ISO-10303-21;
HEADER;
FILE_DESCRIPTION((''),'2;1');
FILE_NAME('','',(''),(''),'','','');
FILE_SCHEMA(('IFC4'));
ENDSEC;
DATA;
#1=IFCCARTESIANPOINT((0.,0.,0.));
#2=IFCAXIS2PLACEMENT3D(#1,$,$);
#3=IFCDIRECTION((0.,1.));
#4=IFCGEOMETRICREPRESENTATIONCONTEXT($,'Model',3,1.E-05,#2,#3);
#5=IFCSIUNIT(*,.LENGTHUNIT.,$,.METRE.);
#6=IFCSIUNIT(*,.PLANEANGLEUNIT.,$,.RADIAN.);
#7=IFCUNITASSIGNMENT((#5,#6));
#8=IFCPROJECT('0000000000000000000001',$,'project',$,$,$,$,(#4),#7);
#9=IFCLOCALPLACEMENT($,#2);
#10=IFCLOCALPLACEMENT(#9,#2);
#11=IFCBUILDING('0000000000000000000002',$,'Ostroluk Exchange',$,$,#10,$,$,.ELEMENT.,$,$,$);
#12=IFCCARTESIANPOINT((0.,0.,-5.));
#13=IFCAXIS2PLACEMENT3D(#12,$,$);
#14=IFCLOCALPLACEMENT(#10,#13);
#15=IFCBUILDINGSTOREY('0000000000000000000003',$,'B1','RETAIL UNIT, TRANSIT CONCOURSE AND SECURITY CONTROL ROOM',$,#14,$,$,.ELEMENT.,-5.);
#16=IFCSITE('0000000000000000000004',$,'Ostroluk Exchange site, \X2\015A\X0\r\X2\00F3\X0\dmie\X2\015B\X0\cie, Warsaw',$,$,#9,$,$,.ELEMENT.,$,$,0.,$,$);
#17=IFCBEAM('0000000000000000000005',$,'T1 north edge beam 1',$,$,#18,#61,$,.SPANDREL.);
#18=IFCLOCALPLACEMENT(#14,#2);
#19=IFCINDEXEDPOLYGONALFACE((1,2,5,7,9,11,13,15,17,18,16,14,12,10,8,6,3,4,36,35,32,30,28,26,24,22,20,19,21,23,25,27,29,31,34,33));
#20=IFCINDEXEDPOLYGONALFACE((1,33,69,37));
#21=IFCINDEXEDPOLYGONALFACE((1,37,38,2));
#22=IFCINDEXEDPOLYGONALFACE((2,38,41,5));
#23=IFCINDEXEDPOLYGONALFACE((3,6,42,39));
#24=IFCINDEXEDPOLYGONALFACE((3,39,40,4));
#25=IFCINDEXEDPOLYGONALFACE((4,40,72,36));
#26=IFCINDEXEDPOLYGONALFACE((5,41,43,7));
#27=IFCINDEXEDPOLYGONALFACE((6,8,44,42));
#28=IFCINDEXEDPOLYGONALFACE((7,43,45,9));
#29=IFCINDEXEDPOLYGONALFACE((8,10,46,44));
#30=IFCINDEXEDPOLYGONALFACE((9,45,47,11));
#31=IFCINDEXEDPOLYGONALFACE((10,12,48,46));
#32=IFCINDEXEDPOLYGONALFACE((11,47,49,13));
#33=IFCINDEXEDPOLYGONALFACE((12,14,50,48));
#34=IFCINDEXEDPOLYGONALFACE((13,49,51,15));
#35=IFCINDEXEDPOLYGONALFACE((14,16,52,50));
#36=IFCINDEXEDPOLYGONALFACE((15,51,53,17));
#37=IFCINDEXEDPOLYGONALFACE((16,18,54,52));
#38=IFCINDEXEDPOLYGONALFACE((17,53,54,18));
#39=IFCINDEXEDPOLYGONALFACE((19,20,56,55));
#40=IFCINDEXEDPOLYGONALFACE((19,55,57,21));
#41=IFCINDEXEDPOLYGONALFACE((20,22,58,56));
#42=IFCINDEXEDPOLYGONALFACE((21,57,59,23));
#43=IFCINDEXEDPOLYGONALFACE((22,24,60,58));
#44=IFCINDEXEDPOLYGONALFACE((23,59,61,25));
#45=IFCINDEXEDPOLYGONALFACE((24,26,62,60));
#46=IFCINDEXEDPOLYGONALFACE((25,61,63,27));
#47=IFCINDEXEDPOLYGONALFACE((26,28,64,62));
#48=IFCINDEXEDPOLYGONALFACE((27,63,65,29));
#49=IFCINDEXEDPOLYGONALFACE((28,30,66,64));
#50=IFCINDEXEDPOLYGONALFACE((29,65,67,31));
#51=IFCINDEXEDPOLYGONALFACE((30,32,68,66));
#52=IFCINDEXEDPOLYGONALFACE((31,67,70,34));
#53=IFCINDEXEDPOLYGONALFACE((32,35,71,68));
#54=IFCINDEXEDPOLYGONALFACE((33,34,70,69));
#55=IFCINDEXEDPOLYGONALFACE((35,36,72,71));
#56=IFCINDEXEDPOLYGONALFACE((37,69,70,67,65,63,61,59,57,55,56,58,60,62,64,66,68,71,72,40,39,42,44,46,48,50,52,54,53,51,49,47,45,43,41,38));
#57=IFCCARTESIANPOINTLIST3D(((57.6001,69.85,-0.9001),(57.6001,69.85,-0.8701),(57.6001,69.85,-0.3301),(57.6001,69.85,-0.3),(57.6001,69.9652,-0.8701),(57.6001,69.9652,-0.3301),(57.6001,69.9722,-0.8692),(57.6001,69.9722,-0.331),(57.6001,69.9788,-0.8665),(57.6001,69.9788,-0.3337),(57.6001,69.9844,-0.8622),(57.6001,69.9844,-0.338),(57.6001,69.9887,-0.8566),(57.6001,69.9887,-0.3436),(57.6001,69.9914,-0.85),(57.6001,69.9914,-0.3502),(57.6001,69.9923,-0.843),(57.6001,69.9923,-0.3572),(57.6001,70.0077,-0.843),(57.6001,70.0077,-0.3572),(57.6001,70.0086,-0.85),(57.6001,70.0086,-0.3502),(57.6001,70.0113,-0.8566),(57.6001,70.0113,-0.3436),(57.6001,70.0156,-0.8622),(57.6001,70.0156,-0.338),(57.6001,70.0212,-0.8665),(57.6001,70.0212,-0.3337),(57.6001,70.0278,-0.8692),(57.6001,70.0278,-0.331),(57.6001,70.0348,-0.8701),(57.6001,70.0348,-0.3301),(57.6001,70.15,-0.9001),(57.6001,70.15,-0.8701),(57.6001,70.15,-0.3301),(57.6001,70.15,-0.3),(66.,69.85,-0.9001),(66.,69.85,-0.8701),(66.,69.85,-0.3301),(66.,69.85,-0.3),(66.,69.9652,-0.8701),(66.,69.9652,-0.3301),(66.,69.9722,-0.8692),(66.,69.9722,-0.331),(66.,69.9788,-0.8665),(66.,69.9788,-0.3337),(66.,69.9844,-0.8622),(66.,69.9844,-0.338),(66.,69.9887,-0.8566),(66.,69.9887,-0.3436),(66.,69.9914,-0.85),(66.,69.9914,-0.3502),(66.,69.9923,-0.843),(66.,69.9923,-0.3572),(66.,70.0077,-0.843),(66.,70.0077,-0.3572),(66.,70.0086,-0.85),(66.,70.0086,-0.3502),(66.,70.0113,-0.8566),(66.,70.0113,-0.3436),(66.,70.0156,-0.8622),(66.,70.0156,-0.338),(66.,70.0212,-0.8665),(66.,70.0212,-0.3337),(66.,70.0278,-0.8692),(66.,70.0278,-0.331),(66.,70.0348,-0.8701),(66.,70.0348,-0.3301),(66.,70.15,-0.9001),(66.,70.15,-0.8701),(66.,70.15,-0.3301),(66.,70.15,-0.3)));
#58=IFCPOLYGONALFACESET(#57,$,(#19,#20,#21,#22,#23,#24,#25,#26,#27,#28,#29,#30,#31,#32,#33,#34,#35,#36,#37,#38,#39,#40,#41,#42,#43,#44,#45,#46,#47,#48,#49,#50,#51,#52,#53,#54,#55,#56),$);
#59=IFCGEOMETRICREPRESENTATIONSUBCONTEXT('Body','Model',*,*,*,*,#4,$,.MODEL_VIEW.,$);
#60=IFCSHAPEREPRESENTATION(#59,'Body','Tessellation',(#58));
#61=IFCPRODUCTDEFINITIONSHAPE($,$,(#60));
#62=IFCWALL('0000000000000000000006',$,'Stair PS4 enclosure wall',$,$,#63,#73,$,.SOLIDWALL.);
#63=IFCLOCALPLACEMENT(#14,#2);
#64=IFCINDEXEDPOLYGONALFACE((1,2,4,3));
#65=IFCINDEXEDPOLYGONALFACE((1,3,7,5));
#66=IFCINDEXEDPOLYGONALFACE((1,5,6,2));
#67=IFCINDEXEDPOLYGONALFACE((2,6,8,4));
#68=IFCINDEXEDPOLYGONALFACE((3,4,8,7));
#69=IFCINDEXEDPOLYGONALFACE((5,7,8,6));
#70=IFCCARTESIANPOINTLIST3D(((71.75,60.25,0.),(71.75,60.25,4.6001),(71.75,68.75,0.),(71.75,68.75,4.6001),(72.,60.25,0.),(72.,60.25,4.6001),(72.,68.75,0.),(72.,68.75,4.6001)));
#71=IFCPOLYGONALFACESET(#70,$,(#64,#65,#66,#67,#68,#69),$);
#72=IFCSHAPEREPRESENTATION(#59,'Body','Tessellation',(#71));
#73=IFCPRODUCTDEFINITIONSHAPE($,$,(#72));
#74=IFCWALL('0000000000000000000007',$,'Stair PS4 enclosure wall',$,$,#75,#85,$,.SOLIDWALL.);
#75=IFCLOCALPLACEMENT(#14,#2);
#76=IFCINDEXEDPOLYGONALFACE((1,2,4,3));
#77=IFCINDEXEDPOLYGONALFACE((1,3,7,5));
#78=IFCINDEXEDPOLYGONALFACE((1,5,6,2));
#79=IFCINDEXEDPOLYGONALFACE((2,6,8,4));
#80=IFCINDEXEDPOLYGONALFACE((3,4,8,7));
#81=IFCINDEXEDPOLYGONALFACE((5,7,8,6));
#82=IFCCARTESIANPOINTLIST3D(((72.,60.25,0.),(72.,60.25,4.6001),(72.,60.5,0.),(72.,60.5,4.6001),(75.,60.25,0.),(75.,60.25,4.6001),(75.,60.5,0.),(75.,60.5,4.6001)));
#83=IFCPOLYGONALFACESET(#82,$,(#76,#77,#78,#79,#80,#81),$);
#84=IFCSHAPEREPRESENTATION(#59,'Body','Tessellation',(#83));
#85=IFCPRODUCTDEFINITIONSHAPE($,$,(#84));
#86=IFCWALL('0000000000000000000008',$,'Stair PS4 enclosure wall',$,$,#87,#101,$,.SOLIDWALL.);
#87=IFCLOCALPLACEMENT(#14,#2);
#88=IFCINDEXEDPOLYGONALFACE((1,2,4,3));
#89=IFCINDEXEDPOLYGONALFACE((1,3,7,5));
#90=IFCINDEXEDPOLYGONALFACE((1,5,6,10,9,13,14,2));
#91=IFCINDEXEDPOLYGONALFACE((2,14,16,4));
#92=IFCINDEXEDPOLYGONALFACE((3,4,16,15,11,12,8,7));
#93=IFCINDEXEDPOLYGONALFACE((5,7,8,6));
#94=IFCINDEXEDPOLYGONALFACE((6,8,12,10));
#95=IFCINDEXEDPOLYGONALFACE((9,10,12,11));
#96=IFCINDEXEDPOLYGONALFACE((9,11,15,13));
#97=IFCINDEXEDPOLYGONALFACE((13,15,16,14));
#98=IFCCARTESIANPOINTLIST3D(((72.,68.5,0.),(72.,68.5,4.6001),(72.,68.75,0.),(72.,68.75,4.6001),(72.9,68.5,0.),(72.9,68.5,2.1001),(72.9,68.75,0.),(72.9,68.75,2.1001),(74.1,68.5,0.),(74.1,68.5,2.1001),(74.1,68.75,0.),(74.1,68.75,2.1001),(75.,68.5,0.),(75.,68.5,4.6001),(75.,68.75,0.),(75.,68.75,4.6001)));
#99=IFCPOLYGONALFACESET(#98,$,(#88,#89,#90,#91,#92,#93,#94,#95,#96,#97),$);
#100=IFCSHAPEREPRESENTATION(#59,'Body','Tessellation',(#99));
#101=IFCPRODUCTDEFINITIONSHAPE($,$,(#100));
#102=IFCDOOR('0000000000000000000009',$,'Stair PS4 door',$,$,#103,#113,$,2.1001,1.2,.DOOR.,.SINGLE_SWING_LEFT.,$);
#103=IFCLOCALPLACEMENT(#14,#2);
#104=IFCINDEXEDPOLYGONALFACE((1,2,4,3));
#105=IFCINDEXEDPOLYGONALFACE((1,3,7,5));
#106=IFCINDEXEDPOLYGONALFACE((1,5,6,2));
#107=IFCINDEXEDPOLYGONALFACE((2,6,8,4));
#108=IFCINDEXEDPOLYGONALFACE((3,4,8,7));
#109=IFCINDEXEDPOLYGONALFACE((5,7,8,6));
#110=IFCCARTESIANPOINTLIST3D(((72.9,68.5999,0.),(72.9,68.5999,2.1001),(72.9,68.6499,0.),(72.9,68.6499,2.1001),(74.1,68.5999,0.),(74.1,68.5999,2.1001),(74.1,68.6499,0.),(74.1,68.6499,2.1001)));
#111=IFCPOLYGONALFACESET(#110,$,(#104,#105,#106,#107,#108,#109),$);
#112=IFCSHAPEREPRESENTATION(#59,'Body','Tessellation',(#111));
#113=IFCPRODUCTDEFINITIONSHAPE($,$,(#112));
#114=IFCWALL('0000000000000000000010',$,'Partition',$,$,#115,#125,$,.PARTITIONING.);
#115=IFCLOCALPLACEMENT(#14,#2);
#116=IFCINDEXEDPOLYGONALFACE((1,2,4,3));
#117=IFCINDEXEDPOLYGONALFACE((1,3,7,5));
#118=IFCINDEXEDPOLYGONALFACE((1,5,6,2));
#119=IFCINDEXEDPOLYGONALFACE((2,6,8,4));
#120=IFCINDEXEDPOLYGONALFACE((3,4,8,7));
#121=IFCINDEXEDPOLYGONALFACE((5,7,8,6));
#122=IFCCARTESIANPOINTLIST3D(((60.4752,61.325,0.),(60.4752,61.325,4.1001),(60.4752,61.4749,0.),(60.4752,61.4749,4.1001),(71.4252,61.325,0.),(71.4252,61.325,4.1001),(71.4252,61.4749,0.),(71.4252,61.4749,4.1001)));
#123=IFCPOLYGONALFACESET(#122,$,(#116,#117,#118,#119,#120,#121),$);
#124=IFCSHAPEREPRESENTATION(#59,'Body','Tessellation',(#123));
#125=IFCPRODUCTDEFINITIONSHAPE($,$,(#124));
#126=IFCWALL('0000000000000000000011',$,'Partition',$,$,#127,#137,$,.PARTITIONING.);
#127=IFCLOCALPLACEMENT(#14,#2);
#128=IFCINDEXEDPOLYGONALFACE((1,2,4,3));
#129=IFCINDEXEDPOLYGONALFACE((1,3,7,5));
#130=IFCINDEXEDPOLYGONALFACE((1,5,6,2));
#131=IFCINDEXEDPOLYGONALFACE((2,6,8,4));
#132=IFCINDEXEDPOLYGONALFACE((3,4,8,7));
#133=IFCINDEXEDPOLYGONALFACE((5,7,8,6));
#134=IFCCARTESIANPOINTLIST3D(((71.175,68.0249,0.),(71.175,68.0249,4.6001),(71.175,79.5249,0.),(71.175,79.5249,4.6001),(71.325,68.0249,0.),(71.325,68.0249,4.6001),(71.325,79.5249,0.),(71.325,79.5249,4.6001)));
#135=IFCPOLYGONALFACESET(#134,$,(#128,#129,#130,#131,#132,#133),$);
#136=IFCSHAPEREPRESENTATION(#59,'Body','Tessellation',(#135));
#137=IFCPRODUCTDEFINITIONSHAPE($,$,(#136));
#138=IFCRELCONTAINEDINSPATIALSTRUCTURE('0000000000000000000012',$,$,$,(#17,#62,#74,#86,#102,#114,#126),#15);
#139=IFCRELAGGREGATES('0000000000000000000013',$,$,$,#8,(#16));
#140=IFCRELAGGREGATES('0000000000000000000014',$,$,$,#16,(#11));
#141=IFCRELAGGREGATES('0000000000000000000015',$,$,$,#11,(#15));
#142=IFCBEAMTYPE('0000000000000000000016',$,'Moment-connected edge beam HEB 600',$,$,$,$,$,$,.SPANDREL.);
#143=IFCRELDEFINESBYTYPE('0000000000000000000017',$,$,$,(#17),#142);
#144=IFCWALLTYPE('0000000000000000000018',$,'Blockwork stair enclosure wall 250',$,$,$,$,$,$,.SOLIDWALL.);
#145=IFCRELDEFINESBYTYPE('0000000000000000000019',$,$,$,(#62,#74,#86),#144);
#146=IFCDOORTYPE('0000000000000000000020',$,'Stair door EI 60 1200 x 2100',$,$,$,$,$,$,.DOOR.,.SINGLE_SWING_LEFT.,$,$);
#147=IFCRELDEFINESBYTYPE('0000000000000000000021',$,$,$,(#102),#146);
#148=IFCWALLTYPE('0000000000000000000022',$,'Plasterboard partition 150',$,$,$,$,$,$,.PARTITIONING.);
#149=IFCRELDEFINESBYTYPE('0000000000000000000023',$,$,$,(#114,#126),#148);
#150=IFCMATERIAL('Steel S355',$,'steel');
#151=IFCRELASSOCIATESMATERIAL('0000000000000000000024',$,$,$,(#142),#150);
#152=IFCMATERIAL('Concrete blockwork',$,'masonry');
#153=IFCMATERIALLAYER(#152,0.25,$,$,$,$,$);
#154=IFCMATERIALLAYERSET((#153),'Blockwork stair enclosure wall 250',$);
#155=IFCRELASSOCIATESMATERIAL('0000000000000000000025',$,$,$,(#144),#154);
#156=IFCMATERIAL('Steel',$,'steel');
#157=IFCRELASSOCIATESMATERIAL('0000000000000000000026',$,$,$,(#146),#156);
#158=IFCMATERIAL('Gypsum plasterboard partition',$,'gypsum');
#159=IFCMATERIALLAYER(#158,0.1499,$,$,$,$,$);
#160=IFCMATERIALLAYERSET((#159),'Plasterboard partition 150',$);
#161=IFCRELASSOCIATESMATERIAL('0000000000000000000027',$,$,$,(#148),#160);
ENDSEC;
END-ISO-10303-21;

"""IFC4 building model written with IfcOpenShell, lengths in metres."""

from ifc_helpers import new_model, si_unit, direction, frame, frame_2d, origin, origin_2d, place, context, subcontext, project, spatial, rectangle, i_section, extrude, material, layer, layer_set, material_profile, profile_set, type_object, element, fill, save


model = new_model("IFC4")

# Units and contexts
model_context = context("Model", 3, precision=1e-05, world=origin(), true_north=direction((0.0, 1.0)))
body_context = subcontext(model_context, "Body", "Model", "MODEL_VIEW")
ifc_project = project(units=[si_unit("LENGTHUNIT", "METRE"), si_unit("PLANEANGLEUNIT", "RADIAN")], contexts=[model_context])

# Site, building, storey
site_placement = place(None, origin())
site = spatial("IfcSite", under=ifc_project, at=site_placement, Name="Ostroluk Exchange site, Śródmieście, Warsaw", CompositionType="ELEMENT", RefElevation=0.0)
building_placement = place(site_placement, origin())
building = spatial("IfcBuilding", under=site, at=building_placement, Name="Ostroluk Exchange", CompositionType="ELEMENT")
storey_placement = place(building_placement, frame((0.0, 0.0, -5.0)))
storey = spatial("IfcBuildingStorey", under=building, at=storey_placement, Name="B1", Description="RETAIL UNIT, TRANSIT CONCOURSE AND SECURITY CONTROL ROOM", CompositionType="ELEMENT", Elevation=-5.0)

# Beam
ifc_material_1 = material(Name="Steel S355", Category="steel")
ifc_material_profile_1 = material_profile(ifc_material_1, i_section(OverallWidth=0.3, OverallDepth=0.6001, WebThickness=0.0154, FlangeThickness=0.03, FilletRadius=0.0271, at=origin_2d()), Name="HEB 600")
ifc_profile_set_1 = profile_set([ifc_material_profile_1], Name="Steel S355")
beam_type_1 = type_object("IfcBeamType", Name="Moment-connected edge beam HEB 600", PredefinedType="SPANDREL", material=ifc_profile_set_1)
beam_1_placement = place(storey_placement, frame((66.0, 70.0, -0.6001), z_axis=(-1.0, 0.0, 0.0), x_axis=(0.0, -1.0, 0.0)))
element("IfcBeam", 1, at=beam_1_placement, inside=storey, type_object=beam_type_1, Name="T1 north edge beam 1", PredefinedType="SPANDREL", context=body_context, shape_type="SweptSolid", body=[
    extrude(i_section(OverallWidth=0.3, OverallDepth=0.6001, WebThickness=0.0154, FlangeThickness=0.03, FilletRadius=0.0271, at=origin_2d()), origin(), (0.0, 0.0, 1.0), 8.3999),
])

# Walls
ifc_material_2 = material(Name="Concrete blockwork", Category="masonry")
ifc_layer_1 = layer(ifc_material_2, 0.25)
ifc_layer_set_1 = layer_set([ifc_layer_1], Name="Blockwork stair enclosure wall 250")
wall_type_1 = type_object("IfcWallType", Name="Blockwork stair enclosure wall 250", PredefinedType="SOLIDWALL", material=ifc_layer_set_1)
wall_1_placement = place(storey_placement, frame((71.875, 60.25, 0.0), z_axis=(0.0, 0.0, 1.0), x_axis=(0.0, 1.0, 0.0)))
element("IfcWall", 2, at=wall_1_placement, inside=storey, type_object=wall_type_1, Name="Stair PS4 enclosure wall", PredefinedType="SOLIDWALL", context=body_context, shape_type="SweptSolid", body=[
    extrude(rectangle(XDim=8.5, YDim=0.25, at=frame_2d((4.25, 0.0))), origin(), (0.0, 0.0, 1.0), 4.6001),
])
wall_2_placement = place(storey_placement, frame((72.0, 60.375, 0.0), z_axis=(0.0, 0.0, 1.0), x_axis=(1.0, 0.0, 0.0)))
element("IfcWall", 3, at=wall_2_placement, inside=storey, type_object=wall_type_1, Name="Stair PS4 enclosure wall", PredefinedType="SOLIDWALL", context=body_context, shape_type="SweptSolid", body=[
    extrude(rectangle(XDim=3.0, YDim=0.25, at=frame_2d((1.5, 0.0))), origin(), (0.0, 0.0, 1.0), 4.6001),
])

# Wall, opening, door
wall_3_placement = place(storey_placement, frame((72.0, 68.625, 0.0), z_axis=(0.0, 0.0, 1.0), x_axis=(1.0, 0.0, 0.0)))
wall_3 = element("IfcWall", 4, at=wall_3_placement, inside=storey, type_object=wall_type_1, Name="Stair PS4 enclosure wall", PredefinedType="SOLIDWALL", context=body_context, shape_type="SweptSolid", body=[
    extrude(rectangle(XDim=3.0, YDim=0.25, at=frame_2d((1.5, 0.0))), origin(), (0.0, 0.0, 1.0), 4.6001),
])
opening_placement = place(wall_3_placement, frame((0.8999, 0.0, 0.0)))
opening = element("IfcOpeningElement", 5, at=opening_placement, cuts=wall_3, PredefinedType="OPENING", context=body_context, shape_type="SweptSolid", body=[
    extrude(rectangle(XDim=1.2, YDim=2.1001, at=frame_2d((0.6001, 1.05))), frame((0.0, 0.135, 0.0), z_axis=(0.0, -1.0, 0.0), x_axis=(1.0, 0.0, 0.0)), (0.0, 0.0, 1.0), 0.27),
])
ifc_material_3 = material(Name="Steel", Category="steel")
door_type = type_object("IfcDoorType", Name="Stair door EI 60 1200 x 2100", OperationType="SINGLE_SWING_LEFT", PredefinedType="DOOR", material=ifc_material_3)
door_placement = place(opening_placement, origin())
door = element("IfcDoor", 6, at=door_placement, inside=storey, type_object=door_type, Name="Stair PS4 door", OperationType="SINGLE_SWING_LEFT", OverallHeight=2.1001, OverallWidth=1.2, PredefinedType="DOOR", context=body_context, shape_type="SweptSolid", body=[
    extrude(rectangle(XDim=1.2, YDim=2.1001, at=frame_2d((0.6001, 1.05))), frame((0.0, 0.0249, 0.0), z_axis=(0.0, -1.0, 0.0), x_axis=(1.0, 0.0, 0.0)), (0.0, 0.0, 1.0), 0.05),
])
fill(opening, door)

# Walls
ifc_material_4 = material(Name="Gypsum plasterboard partition", Category="gypsum")
ifc_layer_2 = layer(ifc_material_4, 0.1499)
ifc_layer_set_2 = layer_set([ifc_layer_2], Name="Plasterboard partition 150")
wall_type_2 = type_object("IfcWallType", Name="Plasterboard partition 150", PredefinedType="PARTITIONING", material=ifc_layer_set_2)
wall_4_placement = place(storey_placement, frame((60.4751, 61.3999, 0.0), z_axis=(0.0, 0.0, 1.0), x_axis=(1.0, 0.0, 0.0)))
element("IfcWall", 7, at=wall_4_placement, inside=storey, type_object=wall_type_2, Name="Partition", PredefinedType="PARTITIONING", context=body_context, shape_type="SweptSolid", body=[
    extrude(rectangle(XDim=10.95, YDim=0.1499, at=frame_2d((5.4751, 0.0))), origin(), (0.0, 0.0, 1.0), 4.1001),
])
wall_5_placement = place(storey_placement, frame((71.25, 68.0249, 0.0), z_axis=(0.0, 0.0, 1.0), x_axis=(0.0, 1.0, 0.0)))
element("IfcWall", 8, at=wall_5_placement, inside=storey, type_object=wall_type_2, Name="Partition", PredefinedType="PARTITIONING", context=body_context, shape_type="SweptSolid", body=[
    extrude(rectangle(XDim=11.5, YDim=0.1499, at=frame_2d((5.75, 0.0))), origin(), (0.0, 0.0, 1.0), 4.6001),
])

save(model, "model.ifc")
